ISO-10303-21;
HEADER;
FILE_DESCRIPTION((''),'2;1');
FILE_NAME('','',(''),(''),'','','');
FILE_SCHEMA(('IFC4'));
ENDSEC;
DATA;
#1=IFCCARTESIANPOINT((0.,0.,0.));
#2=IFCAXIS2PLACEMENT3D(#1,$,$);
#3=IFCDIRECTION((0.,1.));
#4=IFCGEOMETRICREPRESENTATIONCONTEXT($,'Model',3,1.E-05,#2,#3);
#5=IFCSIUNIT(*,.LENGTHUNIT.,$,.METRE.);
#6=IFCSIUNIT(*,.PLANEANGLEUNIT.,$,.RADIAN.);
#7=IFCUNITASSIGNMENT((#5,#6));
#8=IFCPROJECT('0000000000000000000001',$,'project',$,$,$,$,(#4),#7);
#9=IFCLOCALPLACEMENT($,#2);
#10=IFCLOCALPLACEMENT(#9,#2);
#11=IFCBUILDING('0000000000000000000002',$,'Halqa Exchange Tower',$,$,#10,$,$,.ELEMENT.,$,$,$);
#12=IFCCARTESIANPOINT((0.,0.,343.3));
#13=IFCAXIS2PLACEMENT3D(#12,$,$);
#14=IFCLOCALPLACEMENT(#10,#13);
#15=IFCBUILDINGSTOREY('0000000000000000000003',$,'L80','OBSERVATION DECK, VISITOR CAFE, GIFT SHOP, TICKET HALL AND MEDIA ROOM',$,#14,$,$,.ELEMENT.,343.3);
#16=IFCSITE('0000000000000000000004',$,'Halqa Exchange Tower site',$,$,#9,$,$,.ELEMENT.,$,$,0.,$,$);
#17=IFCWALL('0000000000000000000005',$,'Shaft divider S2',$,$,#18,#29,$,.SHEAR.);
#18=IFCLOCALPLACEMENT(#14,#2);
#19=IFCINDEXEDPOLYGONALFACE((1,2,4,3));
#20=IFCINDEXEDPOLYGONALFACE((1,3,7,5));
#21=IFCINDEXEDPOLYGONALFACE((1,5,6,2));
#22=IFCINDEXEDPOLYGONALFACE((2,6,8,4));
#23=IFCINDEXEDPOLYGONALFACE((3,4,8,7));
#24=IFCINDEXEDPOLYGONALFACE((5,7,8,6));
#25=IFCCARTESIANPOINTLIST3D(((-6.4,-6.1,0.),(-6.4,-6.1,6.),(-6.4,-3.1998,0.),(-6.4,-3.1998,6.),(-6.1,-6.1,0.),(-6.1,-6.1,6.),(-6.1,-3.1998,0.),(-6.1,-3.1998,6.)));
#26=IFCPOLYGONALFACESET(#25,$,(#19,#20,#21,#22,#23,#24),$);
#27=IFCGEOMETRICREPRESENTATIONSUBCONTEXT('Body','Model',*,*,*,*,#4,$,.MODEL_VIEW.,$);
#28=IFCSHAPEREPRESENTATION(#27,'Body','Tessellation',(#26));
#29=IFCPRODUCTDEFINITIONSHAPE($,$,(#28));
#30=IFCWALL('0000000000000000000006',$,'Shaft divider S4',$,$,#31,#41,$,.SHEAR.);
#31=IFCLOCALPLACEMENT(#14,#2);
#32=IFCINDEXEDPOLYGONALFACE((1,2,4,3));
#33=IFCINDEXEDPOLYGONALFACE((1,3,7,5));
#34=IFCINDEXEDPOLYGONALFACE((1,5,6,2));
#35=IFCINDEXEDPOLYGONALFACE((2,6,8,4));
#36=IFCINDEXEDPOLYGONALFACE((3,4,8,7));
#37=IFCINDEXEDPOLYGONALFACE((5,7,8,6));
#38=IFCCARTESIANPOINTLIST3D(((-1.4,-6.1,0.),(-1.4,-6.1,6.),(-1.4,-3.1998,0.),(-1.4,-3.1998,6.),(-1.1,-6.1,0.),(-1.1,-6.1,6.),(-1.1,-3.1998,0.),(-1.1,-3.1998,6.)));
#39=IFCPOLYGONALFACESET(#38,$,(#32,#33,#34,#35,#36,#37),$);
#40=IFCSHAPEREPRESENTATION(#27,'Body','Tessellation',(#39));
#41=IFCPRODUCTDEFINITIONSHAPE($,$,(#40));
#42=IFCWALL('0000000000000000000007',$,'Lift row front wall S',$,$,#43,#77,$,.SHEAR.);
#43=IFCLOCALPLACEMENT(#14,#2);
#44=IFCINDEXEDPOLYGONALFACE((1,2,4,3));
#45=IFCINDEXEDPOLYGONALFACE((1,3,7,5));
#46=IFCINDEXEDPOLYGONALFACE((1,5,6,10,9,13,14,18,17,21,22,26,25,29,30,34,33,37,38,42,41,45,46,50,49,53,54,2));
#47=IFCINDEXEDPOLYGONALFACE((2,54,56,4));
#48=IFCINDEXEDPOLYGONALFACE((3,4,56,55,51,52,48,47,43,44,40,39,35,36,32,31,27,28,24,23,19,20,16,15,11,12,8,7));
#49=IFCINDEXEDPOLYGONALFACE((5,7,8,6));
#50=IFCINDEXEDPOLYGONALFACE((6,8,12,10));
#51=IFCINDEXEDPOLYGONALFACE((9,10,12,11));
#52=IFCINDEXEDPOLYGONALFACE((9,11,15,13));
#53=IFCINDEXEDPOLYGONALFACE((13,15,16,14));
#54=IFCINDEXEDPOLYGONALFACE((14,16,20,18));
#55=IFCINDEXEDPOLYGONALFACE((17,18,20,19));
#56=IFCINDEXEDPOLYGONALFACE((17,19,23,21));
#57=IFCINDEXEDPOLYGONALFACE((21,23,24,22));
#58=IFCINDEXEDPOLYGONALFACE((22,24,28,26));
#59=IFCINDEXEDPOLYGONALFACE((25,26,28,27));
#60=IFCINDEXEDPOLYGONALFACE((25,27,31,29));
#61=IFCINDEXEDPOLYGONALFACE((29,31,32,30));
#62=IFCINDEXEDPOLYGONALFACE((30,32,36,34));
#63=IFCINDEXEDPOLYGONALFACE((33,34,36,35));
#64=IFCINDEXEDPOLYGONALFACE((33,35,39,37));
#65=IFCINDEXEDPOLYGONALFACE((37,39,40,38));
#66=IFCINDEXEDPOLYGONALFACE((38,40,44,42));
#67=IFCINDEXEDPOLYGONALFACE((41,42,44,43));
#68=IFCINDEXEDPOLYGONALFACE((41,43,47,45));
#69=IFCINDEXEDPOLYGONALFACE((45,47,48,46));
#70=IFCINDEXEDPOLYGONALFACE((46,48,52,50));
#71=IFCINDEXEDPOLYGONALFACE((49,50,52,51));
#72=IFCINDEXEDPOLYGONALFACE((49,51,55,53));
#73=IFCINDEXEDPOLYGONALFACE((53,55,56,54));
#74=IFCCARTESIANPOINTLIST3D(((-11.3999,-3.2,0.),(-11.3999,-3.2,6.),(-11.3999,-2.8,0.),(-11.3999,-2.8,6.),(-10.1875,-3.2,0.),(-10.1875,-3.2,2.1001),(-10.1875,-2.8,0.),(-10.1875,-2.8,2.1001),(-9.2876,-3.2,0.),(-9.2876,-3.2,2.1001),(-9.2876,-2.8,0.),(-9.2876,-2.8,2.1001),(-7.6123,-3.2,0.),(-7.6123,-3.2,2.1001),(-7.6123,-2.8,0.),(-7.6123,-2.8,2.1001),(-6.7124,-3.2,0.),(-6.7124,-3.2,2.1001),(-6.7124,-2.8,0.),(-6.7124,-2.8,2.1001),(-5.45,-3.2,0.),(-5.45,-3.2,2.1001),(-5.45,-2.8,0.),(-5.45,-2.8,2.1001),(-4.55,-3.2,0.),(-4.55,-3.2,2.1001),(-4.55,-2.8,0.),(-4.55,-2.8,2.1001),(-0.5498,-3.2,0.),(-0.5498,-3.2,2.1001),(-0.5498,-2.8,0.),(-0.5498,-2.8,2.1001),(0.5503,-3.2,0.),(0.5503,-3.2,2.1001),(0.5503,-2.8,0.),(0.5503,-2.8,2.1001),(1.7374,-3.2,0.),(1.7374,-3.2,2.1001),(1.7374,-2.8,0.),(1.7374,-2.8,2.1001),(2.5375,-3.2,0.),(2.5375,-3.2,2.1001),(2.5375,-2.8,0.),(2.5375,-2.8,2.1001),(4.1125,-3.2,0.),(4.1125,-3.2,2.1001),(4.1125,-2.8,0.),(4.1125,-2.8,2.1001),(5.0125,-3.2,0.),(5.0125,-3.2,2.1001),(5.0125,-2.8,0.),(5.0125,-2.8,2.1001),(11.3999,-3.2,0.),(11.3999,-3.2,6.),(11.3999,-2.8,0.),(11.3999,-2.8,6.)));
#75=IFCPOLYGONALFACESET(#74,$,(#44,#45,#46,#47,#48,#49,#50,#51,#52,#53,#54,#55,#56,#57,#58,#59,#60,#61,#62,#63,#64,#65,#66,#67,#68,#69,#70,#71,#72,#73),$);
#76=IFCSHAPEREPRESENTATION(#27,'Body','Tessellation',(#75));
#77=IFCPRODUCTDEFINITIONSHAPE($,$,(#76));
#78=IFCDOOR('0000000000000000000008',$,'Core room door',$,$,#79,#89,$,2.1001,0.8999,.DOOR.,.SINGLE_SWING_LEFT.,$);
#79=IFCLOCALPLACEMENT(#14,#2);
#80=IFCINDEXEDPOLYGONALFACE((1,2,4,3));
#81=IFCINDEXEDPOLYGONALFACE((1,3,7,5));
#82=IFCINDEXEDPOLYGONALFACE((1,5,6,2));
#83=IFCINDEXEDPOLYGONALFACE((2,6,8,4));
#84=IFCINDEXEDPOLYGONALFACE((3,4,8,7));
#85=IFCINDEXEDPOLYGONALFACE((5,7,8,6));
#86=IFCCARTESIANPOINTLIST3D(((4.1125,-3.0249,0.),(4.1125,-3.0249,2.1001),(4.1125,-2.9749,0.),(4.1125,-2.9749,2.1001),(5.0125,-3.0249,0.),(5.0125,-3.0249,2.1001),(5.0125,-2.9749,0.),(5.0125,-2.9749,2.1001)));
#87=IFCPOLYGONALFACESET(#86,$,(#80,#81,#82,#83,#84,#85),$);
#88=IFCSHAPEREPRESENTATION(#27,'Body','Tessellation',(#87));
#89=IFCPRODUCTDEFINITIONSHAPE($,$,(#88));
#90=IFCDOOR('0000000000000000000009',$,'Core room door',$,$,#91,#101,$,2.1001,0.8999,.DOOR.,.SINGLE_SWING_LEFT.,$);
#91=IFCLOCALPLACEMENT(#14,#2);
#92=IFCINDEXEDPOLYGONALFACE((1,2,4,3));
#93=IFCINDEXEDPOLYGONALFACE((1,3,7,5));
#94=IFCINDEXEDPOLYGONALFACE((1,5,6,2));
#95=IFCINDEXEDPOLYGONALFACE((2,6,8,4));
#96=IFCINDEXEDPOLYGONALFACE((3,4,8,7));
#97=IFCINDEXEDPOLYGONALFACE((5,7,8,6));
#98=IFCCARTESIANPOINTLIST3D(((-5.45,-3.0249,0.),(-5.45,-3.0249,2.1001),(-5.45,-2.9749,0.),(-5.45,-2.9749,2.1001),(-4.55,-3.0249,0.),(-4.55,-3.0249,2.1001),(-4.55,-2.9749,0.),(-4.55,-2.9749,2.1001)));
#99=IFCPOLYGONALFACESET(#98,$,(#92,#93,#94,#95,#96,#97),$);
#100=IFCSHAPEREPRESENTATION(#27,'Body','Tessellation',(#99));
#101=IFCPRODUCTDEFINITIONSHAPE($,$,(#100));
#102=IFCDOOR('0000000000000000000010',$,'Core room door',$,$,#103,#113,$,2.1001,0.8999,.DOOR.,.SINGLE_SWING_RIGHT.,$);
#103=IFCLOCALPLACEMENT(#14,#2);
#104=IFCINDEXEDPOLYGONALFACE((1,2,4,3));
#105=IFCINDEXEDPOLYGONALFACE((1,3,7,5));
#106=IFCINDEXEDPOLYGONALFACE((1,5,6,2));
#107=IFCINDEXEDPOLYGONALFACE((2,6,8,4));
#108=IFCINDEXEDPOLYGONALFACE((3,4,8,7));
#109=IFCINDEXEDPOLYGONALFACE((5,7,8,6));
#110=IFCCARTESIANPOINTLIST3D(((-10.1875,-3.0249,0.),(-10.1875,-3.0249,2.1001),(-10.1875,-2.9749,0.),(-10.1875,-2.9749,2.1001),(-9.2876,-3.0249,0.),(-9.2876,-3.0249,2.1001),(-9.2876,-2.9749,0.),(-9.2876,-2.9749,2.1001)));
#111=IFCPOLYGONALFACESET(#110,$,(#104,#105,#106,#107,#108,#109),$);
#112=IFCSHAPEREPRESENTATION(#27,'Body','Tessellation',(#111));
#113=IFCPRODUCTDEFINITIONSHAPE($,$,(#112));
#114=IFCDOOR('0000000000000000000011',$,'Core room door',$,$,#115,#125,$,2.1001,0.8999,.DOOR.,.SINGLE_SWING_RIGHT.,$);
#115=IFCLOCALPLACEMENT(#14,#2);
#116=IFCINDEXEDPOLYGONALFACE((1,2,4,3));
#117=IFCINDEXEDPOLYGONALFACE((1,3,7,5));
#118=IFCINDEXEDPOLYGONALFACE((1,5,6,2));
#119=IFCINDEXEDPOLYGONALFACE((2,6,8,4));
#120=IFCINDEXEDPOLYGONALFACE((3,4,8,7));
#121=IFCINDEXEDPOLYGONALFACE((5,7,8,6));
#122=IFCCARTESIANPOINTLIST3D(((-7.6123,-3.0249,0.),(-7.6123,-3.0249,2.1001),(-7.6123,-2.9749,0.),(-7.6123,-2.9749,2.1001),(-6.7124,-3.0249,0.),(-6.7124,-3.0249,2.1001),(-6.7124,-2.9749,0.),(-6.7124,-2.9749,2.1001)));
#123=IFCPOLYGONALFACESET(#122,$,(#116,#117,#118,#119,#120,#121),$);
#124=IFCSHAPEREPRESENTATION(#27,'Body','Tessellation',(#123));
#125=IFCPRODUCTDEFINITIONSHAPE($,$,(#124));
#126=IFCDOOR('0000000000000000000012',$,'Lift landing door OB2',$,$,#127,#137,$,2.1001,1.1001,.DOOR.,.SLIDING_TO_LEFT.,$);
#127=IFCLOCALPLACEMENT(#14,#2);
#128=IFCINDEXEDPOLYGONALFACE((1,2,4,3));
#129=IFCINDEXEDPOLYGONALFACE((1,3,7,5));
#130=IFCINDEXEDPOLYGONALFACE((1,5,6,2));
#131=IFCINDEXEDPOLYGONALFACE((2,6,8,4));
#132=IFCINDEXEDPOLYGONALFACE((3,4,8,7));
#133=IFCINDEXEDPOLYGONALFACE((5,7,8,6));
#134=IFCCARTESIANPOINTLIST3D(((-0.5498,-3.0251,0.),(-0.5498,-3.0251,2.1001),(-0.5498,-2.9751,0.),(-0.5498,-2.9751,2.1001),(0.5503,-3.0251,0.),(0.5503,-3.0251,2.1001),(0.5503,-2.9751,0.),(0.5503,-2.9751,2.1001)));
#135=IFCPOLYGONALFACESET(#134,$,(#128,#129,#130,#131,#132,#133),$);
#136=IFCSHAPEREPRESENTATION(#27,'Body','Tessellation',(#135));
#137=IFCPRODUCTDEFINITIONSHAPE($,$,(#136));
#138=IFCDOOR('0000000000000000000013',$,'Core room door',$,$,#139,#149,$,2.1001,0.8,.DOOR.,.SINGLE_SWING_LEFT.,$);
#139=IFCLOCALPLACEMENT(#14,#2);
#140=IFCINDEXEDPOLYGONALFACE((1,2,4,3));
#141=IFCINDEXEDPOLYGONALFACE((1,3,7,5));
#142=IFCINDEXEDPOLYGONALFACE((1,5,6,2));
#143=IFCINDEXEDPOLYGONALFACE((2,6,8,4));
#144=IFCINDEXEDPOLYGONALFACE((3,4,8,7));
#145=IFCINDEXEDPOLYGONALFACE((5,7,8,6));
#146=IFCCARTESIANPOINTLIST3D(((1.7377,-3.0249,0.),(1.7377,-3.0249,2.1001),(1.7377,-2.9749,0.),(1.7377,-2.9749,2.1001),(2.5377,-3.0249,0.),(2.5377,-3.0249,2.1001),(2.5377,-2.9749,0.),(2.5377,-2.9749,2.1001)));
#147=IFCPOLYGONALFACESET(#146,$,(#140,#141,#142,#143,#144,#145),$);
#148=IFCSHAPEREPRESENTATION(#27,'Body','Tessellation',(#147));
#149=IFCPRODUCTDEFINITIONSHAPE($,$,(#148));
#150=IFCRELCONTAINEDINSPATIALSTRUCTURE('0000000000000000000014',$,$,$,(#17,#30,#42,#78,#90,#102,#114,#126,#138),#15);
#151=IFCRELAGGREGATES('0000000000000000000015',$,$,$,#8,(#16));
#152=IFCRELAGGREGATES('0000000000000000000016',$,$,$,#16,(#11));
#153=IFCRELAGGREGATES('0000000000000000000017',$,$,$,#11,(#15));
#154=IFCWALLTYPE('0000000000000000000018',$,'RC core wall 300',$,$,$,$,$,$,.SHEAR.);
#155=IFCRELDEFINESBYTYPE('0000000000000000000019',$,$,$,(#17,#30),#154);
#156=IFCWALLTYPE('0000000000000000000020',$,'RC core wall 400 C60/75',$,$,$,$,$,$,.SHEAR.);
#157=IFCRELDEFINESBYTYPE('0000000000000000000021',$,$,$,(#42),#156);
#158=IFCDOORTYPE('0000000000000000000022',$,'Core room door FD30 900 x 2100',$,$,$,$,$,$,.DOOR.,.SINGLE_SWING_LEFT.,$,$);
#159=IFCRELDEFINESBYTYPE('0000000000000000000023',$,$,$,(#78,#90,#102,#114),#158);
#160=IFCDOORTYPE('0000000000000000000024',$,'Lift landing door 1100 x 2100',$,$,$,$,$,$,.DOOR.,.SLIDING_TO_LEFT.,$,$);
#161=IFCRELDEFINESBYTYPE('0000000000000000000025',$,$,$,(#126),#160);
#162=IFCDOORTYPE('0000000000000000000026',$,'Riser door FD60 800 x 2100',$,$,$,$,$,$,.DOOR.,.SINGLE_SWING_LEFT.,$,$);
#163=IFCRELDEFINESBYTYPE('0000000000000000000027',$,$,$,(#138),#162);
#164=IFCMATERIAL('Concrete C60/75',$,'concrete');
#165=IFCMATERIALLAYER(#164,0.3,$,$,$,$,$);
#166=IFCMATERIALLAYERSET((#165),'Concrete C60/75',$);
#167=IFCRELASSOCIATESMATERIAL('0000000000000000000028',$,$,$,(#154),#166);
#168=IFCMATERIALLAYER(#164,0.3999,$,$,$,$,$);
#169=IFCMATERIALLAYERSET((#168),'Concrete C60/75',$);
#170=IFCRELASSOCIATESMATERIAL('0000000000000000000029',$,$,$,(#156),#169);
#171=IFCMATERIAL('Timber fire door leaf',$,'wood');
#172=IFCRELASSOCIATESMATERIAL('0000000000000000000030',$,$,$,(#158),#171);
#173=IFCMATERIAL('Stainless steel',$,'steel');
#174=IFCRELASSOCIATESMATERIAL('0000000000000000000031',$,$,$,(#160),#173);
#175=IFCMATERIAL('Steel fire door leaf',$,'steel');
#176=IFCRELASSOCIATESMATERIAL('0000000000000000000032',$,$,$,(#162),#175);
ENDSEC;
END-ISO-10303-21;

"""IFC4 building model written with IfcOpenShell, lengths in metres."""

from ifc_helpers import new_model, si_unit, direction, frame, frame_2d, origin, place, context, subcontext, project, spatial, rectangle, extrude, material, layer, layer_set, type_object, element, fill, save


model = new_model("IFC4")

# Units and contexts
model_context = context("Model", 3, precision=1e-05, world=origin(), true_north=direction((0.0, 1.0)))
body_context = subcontext(model_context, "Body", "Model", "MODEL_VIEW")
ifc_project = project(units=[si_unit("LENGTHUNIT", "METRE"), si_unit("PLANEANGLEUNIT", "RADIAN")], contexts=[model_context])

# Site, building, storey
site_placement = place(None, origin())
site = spatial("IfcSite", under=ifc_project, at=site_placement, Name="Halqa Exchange Tower site", CompositionType="ELEMENT", RefElevation=0.0)
building_placement = place(site_placement, origin())
building = spatial("IfcBuilding", under=site, at=building_placement, Name="Halqa Exchange Tower", CompositionType="ELEMENT")
storey_placement = place(building_placement, frame((0.0, 0.0, 343.3)))
storey = spatial("IfcBuildingStorey", under=building, at=storey_placement, Name="L80", Description="OBSERVATION DECK, VISITOR CAFE, GIFT SHOP, TICKET HALL AND MEDIA ROOM", CompositionType="ELEMENT", Elevation=343.3)

# Shared definitions
ifc_material_1 = material(Name="Steel fire door leaf", Category="steel")

# Walls
ifc_material_2 = material(Name="Concrete C60/75", Category="concrete")
ifc_layer_1 = layer(ifc_material_2, 0.3)
ifc_layer_set_1 = layer_set([ifc_layer_1], Name="Concrete C60/75")
wall_type_1 = type_object("IfcWallType", Name="RC core wall 300", PredefinedType="SHEAR", material=ifc_layer_set_1)
for number, where, z_axis, x_axis, name in (
    (1, (-6.25, -6.1001, 0.0), (0.0, 0.0, 1.0), (0.0, 1.0, 0.0), "Shaft divider S2"),
    (2, (-1.25, -6.1001, 0.0), (0.0, 0.0, 1.0), (0.0, 1.0, 0.0), "Shaft divider S4"),
):
    element("IfcWall", number, at=place(storey_placement, frame(where, z_axis=z_axis, x_axis=x_axis)), inside=storey, type_object=wall_type_1, Name=name, PredefinedType="SHEAR", context=body_context, shape_type="SweptSolid", body=[
        extrude(rectangle(XDim=2.9001, YDim=0.3, at=frame_2d((1.4502, 0.0))), origin(), (0.0, 0.0, 1.0), 6.0),
    ])

# Wall, openings, doors
ifc_layer_2 = layer(ifc_material_2, 0.3999)
ifc_layer_set_2 = layer_set([ifc_layer_2], Name="Concrete C60/75")
wall_type_2 = type_object("IfcWallType", Name="RC core wall 400 C60/75", PredefinedType="SHEAR", material=ifc_layer_set_2)
wall_1_placement = place(storey_placement, frame((-11.3999, -3.0, 0.0), z_axis=(0.0, 0.0, 1.0), x_axis=(1.0, 0.0, 0.0)))
wall_1 = element("IfcWall", 3, at=wall_1_placement, inside=storey, type_object=wall_type_2, Name="Lift row front wall S", PredefinedType="SHEAR", context=body_context, shape_type="SweptSolid", body=[
    extrude(rectangle(XDim=22.7998, YDim=0.3999, at=frame_2d((11.3999, 0.0))), origin(), (0.0, 0.0, 1.0), 6.0),
])
opening_1_placement = place(wall_1_placement, frame((10.8501, 0.0, 0.0)))
opening_1 = element("IfcOpeningElement", 4, at=opening_1_placement, cuts=wall_1, PredefinedType="OPENING", context=body_context, shape_type="SweptSolid", body=[
    extrude(rectangle(XDim=1.1001, YDim=2.1001, at=frame_2d((0.55, 1.05))), frame((0.0, 0.2119, 0.0), z_axis=(0.0, -1.0, 0.0), x_axis=(1.0, 0.0, 0.0)), (0.0, 0.0, 1.0), 0.4238),
])
opening_2_placement = place(wall_1_placement, frame((13.1375, 0.0, 0.0)))
opening_2 = element("IfcOpeningElement", 5, at=opening_2_placement, cuts=wall_1, PredefinedType="OPENING", context=body_context, shape_type="SweptSolid", body=[
    extrude(rectangle(XDim=0.8, YDim=2.1001, at=frame_2d((0.3999, 1.05))), frame((0.0, 0.2119, 0.0), z_axis=(0.0, -1.0, 0.0), x_axis=(1.0, 0.0, 0.0)), (0.0, 0.0, 1.0), 0.4238),
])
opening_3_placement = place(wall_1_placement, frame((15.5125, 0.0, 0.0)))
opening_3 = element("IfcOpeningElement", 6, at=opening_3_placement, cuts=wall_1, PredefinedType="OPENING", context=body_context, shape_type="SweptSolid", body=[
    extrude(rectangle(XDim=0.8999, YDim=2.1001, at=frame_2d((0.45, 1.05))), frame((0.0, 0.2119, 0.0), z_axis=(0.0, -1.0, 0.0), x_axis=(1.0, 0.0, 0.0)), (0.0, 0.0, 1.0), 0.4238),
])
opening_4_placement = place(wall_1_placement, frame((5.95, 0.0, 0.0)))
opening_4 = element("IfcOpeningElement", 7, at=opening_4_placement, cuts=wall_1, PredefinedType="OPENING", context=body_context, shape_type="SweptSolid", body=[
    extrude(rectangle(XDim=0.8999, YDim=2.1001, at=frame_2d((0.45, 1.05))), frame((0.0, 0.2119, 0.0), z_axis=(0.0, -1.0, 0.0), x_axis=(1.0, 0.0, 0.0)), (0.0, 0.0, 1.0), 0.4238),
])
opening_5_placement = place(wall_1_placement, frame((1.2124, 0.0, 0.0)))
opening_5 = element("IfcOpeningElement", 8, at=opening_5_placement, cuts=wall_1, PredefinedType="OPENING", context=body_context, shape_type="SweptSolid", body=[
    extrude(rectangle(XDim=0.8999, YDim=2.1001, at=frame_2d((0.45, 1.05))), frame((0.0, 0.2119, 0.0), z_axis=(0.0, -1.0, 0.0), x_axis=(1.0, 0.0, 0.0)), (0.0, 0.0, 1.0), 0.4238),
])
opening_6_placement = place(wall_1_placement, frame((3.7876, 0.0, 0.0)))
opening_6 = element("IfcOpeningElement", 9, at=opening_6_placement, cuts=wall_1, PredefinedType="OPENING", context=body_context, shape_type="SweptSolid", body=[
    extrude(rectangle(XDim=0.8999, YDim=2.1001, at=frame_2d((0.45, 1.05))), frame((0.0, 0.2119, 0.0), z_axis=(0.0, -1.0, 0.0), x_axis=(1.0, 0.0, 0.0)), (0.0, 0.0, 1.0), 0.4238),
])
ifc_material_3 = material(Name="Timber fire door leaf", Category="wood")
door_type_1 = type_object("IfcDoorType", Name="Core room door FD30 900 x 2100", OperationType="SINGLE_SWING_LEFT", PredefinedType="DOOR", material=ifc_material_3)
door_1_placement = place(opening_3_placement, frame((0.8999, 0.0, 0.0), z_axis=(0.0, 0.0, 1.0), x_axis=(-1.0, 0.0, 0.0)))
door_1 = element("IfcDoor", 10, at=door_1_placement, inside=storey, type_object=door_type_1, Name="Core room door", OperationType="SINGLE_SWING_LEFT", OverallHeight=2.1001, OverallWidth=0.8999, PredefinedType="DOOR", context=body_context, shape_type="SweptSolid", body=[
    extrude(rectangle(XDim=0.8999, YDim=2.1001, at=frame_2d((0.45, 1.05))), frame((0.0, 0.0249, 0.0), z_axis=(0.0, -1.0, 0.0), x_axis=(1.0, 0.0, 0.0)), (0.0, 0.0, 1.0), 0.05),
])
fill(opening_3, door_1)
door_2_placement = place(opening_4_placement, frame((0.8999, 0.0, 0.0), z_axis=(0.0, 0.0, 1.0), x_axis=(-1.0, 0.0, 0.0)))
door_2 = element("IfcDoor", 11, at=door_2_placement, inside=storey, type_object=door_type_1, Name="Core room door", OperationType="SINGLE_SWING_LEFT", OverallHeight=2.1001, OverallWidth=0.8999, PredefinedType="DOOR", context=body_context, shape_type="SweptSolid", body=[
    extrude(rectangle(XDim=0.8999, YDim=2.1001, at=frame_2d((0.45, 1.05))), frame((0.0, 0.0249, 0.0), z_axis=(0.0, -1.0, 0.0), x_axis=(1.0, 0.0, 0.0)), (0.0, 0.0, 1.0), 0.05),
])
fill(opening_4, door_2)
door_3_placement = place(opening_5_placement, frame((0.8999, 0.0, 0.0), z_axis=(0.0, 0.0, 1.0), x_axis=(-1.0, 0.0, 0.0)))
door_3 = element("IfcDoor", 12, at=door_3_placement, inside=storey, type_object=door_type_1, Name="Core room door", OperationType="SINGLE_SWING_RIGHT", OverallHeight=2.1001, OverallWidth=0.8999, PredefinedType="DOOR", context=body_context, shape_type="SweptSolid", body=[
    extrude(rectangle(XDim=0.8999, YDim=2.1001, at=frame_2d((0.45, 1.05))), frame((0.0, 0.0249, 0.0), z_axis=(0.0, -1.0, 0.0), x_axis=(1.0, 0.0, 0.0)), (0.0, 0.0, 1.0), 0.05),
])
fill(opening_5, door_3)
door_4_placement = place(opening_6_placement, frame((0.8999, 0.0, 0.0), z_axis=(0.0, 0.0, 1.0), x_axis=(-1.0, 0.0, 0.0)))
door_4 = element("IfcDoor", 13, at=door_4_placement, inside=storey, type_object=door_type_1, Name="Core room door", OperationType="SINGLE_SWING_RIGHT", OverallHeight=2.1001, OverallWidth=0.8999, PredefinedType="DOOR", context=body_context, shape_type="SweptSolid", body=[
    extrude(rectangle(XDim=0.8999, YDim=2.1001, at=frame_2d((0.45, 1.05))), frame((0.0, 0.0249, 0.0), z_axis=(0.0, -1.0, 0.0), x_axis=(1.0, 0.0, 0.0)), (0.0, 0.0, 1.0), 0.05),
])
fill(opening_6, door_4)
ifc_material_4 = material(Name="Stainless steel", Category="steel")
door_type_2 = type_object("IfcDoorType", Name="Lift landing door 1100 x 2100", OperationType="SLIDING_TO_LEFT", PredefinedType="DOOR", material=ifc_material_4)
door_5_placement = place(opening_1_placement, origin())
door_5 = element("IfcDoor", 14, at=door_5_placement, inside=storey, type_object=door_type_2, Name="Lift landing door OB2", OperationType="SLIDING_TO_LEFT", OverallHeight=2.1001, OverallWidth=1.1001, PredefinedType="DOOR", context=body_context, shape_type="SweptSolid", body=[
    extrude(rectangle(XDim=1.1001, YDim=2.1001, at=frame_2d((0.55, 1.05))), frame((0.0, 0.0249, 0.0), z_axis=(0.0, -1.0, 0.0), x_axis=(1.0, 0.0, 0.0)), (0.0, 0.0, 1.0), 0.05),
])
fill(opening_1, door_5)
door_type_3 = type_object("IfcDoorType", Name="Riser door FD60 800 x 2100", OperationType="SINGLE_SWING_LEFT", PredefinedType="DOOR", material=ifc_material_1)
door_6_placement = place(opening_2_placement, frame((0.8, 0.0, 0.0), z_axis=(0.0, 0.0, 1.0), x_axis=(-1.0, 0.0, 0.0)))
door_6 = element("IfcDoor", 15, at=door_6_placement, inside=storey, type_object=door_type_3, Name="Core room door", OperationType="SINGLE_SWING_LEFT", OverallHeight=2.1001, OverallWidth=0.8, PredefinedType="DOOR", context=body_context, shape_type="SweptSolid", body=[
    extrude(rectangle(XDim=0.8, YDim=2.1001, at=frame_2d((0.3999, 1.05))), frame((0.0, 0.0249, 0.0), z_axis=(0.0, -1.0, 0.0), x_axis=(1.0, 0.0, 0.0)), (0.0, 0.0, 1.0), 0.05),
])
fill(opening_2, door_6)

save(model, "model.ifc")
